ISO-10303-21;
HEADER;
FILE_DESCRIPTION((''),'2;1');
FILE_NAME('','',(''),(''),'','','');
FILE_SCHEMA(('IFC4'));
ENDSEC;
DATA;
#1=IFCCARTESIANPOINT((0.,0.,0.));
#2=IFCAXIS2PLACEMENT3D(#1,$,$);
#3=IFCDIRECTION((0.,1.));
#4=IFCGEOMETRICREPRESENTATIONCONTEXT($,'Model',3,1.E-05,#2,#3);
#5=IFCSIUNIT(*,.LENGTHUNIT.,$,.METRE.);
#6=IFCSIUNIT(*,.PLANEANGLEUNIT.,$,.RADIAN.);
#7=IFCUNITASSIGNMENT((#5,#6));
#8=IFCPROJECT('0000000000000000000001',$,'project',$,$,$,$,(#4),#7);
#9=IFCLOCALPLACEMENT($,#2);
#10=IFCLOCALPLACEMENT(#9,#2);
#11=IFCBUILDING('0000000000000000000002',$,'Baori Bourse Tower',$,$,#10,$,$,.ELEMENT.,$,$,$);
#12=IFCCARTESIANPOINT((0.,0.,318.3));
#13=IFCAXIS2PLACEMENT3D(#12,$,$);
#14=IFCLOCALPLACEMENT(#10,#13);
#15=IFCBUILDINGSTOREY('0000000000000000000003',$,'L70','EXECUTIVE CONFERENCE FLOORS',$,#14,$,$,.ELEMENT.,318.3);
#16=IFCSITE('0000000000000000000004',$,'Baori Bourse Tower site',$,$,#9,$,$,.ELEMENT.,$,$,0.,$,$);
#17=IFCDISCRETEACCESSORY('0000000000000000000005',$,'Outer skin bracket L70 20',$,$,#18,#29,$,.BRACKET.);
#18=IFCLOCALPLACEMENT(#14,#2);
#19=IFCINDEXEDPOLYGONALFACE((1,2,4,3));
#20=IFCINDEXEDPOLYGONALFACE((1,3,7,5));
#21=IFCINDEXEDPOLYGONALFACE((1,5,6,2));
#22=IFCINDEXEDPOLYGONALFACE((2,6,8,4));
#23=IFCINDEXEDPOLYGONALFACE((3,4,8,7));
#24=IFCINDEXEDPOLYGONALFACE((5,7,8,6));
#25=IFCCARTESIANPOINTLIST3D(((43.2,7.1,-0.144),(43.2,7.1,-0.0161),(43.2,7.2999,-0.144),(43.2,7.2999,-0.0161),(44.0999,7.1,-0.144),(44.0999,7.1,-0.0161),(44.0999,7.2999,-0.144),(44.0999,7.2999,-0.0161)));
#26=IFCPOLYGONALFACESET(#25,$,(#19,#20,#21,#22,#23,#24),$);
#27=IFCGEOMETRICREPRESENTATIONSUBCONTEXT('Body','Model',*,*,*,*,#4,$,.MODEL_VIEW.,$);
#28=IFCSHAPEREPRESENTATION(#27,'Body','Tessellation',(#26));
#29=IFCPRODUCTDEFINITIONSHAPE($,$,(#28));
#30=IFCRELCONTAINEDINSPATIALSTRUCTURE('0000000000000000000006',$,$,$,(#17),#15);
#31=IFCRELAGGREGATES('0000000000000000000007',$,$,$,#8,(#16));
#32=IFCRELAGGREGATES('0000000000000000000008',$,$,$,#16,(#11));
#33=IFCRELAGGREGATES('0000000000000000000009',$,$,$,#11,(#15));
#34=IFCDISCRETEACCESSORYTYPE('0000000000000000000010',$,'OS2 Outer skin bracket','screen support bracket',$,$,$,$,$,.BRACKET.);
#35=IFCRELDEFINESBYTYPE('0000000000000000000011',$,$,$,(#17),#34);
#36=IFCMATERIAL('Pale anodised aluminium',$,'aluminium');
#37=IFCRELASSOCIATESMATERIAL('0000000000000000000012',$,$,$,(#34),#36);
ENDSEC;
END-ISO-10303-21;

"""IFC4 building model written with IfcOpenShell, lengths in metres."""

from ifc_helpers import new_model, si_unit, direction, frame, origin, origin_2d, place, context, subcontext, project, spatial, rectangle, extrude, material, type_object, element, save


model = new_model("IFC4")

# Units and contexts
model_context = context("Model", 3, precision=1e-05, world=origin(), true_north=direction((0.0, 1.0)))
body_context = subcontext(model_context, "Body", "Model", "MODEL_VIEW")
ifc_project = project(units=[si_unit("LENGTHUNIT", "METRE"), si_unit("PLANEANGLEUNIT", "RADIAN")], contexts=[model_context])

# Site, building, storey
site_placement = place(None, origin())
site = spatial("IfcSite", under=ifc_project, at=site_placement, Name="Baori Bourse Tower site", CompositionType="ELEMENT", RefElevation=0.0)
building_placement = place(site_placement, origin())
building = spatial("IfcBuilding", under=site, at=building_placement, Name="Baori Bourse Tower", CompositionType="ELEMENT")
storey_placement = place(building_placement, frame((0.0, 0.0, 318.3)))
storey = spatial("IfcBuildingStorey", under=building, at=storey_placement, Name="L70", Description="EXECUTIVE CONFERENCE FLOORS", CompositionType="ELEMENT", Elevation=318.3)

# Discrete accessory
ifc_material_1 = material(Name="Pale anodised aluminium", Category="aluminium")
discrete_accessory_type = type_object("IfcDiscreteAccessoryType", Name="OS2 Outer skin bracket", Description="screen support bracket", PredefinedType="BRACKET", material=ifc_material_1)
for number, where, z_axis, x_axis, name in (
    (1, (43.6499, 7.2, -0.144), (0.0, 0.0, 1.0), (0.0, 1.0, 0.0), "Outer skin bracket L70 20"),
):
    element("IfcDiscreteAccessory", number, at=place(storey_placement, frame(where, z_axis=z_axis, x_axis=x_axis)), inside=storey, type_object=discrete_accessory_type, Name=name, PredefinedType="BRACKET", context=body_context, shape_type="SweptSolid", body=[
        extrude(rectangle(XDim=0.2, YDim=0.8999, at=origin_2d()), origin(), (0.0, 0.0, 1.0), 0.1279),
    ])

save(model, "model.ifc")
